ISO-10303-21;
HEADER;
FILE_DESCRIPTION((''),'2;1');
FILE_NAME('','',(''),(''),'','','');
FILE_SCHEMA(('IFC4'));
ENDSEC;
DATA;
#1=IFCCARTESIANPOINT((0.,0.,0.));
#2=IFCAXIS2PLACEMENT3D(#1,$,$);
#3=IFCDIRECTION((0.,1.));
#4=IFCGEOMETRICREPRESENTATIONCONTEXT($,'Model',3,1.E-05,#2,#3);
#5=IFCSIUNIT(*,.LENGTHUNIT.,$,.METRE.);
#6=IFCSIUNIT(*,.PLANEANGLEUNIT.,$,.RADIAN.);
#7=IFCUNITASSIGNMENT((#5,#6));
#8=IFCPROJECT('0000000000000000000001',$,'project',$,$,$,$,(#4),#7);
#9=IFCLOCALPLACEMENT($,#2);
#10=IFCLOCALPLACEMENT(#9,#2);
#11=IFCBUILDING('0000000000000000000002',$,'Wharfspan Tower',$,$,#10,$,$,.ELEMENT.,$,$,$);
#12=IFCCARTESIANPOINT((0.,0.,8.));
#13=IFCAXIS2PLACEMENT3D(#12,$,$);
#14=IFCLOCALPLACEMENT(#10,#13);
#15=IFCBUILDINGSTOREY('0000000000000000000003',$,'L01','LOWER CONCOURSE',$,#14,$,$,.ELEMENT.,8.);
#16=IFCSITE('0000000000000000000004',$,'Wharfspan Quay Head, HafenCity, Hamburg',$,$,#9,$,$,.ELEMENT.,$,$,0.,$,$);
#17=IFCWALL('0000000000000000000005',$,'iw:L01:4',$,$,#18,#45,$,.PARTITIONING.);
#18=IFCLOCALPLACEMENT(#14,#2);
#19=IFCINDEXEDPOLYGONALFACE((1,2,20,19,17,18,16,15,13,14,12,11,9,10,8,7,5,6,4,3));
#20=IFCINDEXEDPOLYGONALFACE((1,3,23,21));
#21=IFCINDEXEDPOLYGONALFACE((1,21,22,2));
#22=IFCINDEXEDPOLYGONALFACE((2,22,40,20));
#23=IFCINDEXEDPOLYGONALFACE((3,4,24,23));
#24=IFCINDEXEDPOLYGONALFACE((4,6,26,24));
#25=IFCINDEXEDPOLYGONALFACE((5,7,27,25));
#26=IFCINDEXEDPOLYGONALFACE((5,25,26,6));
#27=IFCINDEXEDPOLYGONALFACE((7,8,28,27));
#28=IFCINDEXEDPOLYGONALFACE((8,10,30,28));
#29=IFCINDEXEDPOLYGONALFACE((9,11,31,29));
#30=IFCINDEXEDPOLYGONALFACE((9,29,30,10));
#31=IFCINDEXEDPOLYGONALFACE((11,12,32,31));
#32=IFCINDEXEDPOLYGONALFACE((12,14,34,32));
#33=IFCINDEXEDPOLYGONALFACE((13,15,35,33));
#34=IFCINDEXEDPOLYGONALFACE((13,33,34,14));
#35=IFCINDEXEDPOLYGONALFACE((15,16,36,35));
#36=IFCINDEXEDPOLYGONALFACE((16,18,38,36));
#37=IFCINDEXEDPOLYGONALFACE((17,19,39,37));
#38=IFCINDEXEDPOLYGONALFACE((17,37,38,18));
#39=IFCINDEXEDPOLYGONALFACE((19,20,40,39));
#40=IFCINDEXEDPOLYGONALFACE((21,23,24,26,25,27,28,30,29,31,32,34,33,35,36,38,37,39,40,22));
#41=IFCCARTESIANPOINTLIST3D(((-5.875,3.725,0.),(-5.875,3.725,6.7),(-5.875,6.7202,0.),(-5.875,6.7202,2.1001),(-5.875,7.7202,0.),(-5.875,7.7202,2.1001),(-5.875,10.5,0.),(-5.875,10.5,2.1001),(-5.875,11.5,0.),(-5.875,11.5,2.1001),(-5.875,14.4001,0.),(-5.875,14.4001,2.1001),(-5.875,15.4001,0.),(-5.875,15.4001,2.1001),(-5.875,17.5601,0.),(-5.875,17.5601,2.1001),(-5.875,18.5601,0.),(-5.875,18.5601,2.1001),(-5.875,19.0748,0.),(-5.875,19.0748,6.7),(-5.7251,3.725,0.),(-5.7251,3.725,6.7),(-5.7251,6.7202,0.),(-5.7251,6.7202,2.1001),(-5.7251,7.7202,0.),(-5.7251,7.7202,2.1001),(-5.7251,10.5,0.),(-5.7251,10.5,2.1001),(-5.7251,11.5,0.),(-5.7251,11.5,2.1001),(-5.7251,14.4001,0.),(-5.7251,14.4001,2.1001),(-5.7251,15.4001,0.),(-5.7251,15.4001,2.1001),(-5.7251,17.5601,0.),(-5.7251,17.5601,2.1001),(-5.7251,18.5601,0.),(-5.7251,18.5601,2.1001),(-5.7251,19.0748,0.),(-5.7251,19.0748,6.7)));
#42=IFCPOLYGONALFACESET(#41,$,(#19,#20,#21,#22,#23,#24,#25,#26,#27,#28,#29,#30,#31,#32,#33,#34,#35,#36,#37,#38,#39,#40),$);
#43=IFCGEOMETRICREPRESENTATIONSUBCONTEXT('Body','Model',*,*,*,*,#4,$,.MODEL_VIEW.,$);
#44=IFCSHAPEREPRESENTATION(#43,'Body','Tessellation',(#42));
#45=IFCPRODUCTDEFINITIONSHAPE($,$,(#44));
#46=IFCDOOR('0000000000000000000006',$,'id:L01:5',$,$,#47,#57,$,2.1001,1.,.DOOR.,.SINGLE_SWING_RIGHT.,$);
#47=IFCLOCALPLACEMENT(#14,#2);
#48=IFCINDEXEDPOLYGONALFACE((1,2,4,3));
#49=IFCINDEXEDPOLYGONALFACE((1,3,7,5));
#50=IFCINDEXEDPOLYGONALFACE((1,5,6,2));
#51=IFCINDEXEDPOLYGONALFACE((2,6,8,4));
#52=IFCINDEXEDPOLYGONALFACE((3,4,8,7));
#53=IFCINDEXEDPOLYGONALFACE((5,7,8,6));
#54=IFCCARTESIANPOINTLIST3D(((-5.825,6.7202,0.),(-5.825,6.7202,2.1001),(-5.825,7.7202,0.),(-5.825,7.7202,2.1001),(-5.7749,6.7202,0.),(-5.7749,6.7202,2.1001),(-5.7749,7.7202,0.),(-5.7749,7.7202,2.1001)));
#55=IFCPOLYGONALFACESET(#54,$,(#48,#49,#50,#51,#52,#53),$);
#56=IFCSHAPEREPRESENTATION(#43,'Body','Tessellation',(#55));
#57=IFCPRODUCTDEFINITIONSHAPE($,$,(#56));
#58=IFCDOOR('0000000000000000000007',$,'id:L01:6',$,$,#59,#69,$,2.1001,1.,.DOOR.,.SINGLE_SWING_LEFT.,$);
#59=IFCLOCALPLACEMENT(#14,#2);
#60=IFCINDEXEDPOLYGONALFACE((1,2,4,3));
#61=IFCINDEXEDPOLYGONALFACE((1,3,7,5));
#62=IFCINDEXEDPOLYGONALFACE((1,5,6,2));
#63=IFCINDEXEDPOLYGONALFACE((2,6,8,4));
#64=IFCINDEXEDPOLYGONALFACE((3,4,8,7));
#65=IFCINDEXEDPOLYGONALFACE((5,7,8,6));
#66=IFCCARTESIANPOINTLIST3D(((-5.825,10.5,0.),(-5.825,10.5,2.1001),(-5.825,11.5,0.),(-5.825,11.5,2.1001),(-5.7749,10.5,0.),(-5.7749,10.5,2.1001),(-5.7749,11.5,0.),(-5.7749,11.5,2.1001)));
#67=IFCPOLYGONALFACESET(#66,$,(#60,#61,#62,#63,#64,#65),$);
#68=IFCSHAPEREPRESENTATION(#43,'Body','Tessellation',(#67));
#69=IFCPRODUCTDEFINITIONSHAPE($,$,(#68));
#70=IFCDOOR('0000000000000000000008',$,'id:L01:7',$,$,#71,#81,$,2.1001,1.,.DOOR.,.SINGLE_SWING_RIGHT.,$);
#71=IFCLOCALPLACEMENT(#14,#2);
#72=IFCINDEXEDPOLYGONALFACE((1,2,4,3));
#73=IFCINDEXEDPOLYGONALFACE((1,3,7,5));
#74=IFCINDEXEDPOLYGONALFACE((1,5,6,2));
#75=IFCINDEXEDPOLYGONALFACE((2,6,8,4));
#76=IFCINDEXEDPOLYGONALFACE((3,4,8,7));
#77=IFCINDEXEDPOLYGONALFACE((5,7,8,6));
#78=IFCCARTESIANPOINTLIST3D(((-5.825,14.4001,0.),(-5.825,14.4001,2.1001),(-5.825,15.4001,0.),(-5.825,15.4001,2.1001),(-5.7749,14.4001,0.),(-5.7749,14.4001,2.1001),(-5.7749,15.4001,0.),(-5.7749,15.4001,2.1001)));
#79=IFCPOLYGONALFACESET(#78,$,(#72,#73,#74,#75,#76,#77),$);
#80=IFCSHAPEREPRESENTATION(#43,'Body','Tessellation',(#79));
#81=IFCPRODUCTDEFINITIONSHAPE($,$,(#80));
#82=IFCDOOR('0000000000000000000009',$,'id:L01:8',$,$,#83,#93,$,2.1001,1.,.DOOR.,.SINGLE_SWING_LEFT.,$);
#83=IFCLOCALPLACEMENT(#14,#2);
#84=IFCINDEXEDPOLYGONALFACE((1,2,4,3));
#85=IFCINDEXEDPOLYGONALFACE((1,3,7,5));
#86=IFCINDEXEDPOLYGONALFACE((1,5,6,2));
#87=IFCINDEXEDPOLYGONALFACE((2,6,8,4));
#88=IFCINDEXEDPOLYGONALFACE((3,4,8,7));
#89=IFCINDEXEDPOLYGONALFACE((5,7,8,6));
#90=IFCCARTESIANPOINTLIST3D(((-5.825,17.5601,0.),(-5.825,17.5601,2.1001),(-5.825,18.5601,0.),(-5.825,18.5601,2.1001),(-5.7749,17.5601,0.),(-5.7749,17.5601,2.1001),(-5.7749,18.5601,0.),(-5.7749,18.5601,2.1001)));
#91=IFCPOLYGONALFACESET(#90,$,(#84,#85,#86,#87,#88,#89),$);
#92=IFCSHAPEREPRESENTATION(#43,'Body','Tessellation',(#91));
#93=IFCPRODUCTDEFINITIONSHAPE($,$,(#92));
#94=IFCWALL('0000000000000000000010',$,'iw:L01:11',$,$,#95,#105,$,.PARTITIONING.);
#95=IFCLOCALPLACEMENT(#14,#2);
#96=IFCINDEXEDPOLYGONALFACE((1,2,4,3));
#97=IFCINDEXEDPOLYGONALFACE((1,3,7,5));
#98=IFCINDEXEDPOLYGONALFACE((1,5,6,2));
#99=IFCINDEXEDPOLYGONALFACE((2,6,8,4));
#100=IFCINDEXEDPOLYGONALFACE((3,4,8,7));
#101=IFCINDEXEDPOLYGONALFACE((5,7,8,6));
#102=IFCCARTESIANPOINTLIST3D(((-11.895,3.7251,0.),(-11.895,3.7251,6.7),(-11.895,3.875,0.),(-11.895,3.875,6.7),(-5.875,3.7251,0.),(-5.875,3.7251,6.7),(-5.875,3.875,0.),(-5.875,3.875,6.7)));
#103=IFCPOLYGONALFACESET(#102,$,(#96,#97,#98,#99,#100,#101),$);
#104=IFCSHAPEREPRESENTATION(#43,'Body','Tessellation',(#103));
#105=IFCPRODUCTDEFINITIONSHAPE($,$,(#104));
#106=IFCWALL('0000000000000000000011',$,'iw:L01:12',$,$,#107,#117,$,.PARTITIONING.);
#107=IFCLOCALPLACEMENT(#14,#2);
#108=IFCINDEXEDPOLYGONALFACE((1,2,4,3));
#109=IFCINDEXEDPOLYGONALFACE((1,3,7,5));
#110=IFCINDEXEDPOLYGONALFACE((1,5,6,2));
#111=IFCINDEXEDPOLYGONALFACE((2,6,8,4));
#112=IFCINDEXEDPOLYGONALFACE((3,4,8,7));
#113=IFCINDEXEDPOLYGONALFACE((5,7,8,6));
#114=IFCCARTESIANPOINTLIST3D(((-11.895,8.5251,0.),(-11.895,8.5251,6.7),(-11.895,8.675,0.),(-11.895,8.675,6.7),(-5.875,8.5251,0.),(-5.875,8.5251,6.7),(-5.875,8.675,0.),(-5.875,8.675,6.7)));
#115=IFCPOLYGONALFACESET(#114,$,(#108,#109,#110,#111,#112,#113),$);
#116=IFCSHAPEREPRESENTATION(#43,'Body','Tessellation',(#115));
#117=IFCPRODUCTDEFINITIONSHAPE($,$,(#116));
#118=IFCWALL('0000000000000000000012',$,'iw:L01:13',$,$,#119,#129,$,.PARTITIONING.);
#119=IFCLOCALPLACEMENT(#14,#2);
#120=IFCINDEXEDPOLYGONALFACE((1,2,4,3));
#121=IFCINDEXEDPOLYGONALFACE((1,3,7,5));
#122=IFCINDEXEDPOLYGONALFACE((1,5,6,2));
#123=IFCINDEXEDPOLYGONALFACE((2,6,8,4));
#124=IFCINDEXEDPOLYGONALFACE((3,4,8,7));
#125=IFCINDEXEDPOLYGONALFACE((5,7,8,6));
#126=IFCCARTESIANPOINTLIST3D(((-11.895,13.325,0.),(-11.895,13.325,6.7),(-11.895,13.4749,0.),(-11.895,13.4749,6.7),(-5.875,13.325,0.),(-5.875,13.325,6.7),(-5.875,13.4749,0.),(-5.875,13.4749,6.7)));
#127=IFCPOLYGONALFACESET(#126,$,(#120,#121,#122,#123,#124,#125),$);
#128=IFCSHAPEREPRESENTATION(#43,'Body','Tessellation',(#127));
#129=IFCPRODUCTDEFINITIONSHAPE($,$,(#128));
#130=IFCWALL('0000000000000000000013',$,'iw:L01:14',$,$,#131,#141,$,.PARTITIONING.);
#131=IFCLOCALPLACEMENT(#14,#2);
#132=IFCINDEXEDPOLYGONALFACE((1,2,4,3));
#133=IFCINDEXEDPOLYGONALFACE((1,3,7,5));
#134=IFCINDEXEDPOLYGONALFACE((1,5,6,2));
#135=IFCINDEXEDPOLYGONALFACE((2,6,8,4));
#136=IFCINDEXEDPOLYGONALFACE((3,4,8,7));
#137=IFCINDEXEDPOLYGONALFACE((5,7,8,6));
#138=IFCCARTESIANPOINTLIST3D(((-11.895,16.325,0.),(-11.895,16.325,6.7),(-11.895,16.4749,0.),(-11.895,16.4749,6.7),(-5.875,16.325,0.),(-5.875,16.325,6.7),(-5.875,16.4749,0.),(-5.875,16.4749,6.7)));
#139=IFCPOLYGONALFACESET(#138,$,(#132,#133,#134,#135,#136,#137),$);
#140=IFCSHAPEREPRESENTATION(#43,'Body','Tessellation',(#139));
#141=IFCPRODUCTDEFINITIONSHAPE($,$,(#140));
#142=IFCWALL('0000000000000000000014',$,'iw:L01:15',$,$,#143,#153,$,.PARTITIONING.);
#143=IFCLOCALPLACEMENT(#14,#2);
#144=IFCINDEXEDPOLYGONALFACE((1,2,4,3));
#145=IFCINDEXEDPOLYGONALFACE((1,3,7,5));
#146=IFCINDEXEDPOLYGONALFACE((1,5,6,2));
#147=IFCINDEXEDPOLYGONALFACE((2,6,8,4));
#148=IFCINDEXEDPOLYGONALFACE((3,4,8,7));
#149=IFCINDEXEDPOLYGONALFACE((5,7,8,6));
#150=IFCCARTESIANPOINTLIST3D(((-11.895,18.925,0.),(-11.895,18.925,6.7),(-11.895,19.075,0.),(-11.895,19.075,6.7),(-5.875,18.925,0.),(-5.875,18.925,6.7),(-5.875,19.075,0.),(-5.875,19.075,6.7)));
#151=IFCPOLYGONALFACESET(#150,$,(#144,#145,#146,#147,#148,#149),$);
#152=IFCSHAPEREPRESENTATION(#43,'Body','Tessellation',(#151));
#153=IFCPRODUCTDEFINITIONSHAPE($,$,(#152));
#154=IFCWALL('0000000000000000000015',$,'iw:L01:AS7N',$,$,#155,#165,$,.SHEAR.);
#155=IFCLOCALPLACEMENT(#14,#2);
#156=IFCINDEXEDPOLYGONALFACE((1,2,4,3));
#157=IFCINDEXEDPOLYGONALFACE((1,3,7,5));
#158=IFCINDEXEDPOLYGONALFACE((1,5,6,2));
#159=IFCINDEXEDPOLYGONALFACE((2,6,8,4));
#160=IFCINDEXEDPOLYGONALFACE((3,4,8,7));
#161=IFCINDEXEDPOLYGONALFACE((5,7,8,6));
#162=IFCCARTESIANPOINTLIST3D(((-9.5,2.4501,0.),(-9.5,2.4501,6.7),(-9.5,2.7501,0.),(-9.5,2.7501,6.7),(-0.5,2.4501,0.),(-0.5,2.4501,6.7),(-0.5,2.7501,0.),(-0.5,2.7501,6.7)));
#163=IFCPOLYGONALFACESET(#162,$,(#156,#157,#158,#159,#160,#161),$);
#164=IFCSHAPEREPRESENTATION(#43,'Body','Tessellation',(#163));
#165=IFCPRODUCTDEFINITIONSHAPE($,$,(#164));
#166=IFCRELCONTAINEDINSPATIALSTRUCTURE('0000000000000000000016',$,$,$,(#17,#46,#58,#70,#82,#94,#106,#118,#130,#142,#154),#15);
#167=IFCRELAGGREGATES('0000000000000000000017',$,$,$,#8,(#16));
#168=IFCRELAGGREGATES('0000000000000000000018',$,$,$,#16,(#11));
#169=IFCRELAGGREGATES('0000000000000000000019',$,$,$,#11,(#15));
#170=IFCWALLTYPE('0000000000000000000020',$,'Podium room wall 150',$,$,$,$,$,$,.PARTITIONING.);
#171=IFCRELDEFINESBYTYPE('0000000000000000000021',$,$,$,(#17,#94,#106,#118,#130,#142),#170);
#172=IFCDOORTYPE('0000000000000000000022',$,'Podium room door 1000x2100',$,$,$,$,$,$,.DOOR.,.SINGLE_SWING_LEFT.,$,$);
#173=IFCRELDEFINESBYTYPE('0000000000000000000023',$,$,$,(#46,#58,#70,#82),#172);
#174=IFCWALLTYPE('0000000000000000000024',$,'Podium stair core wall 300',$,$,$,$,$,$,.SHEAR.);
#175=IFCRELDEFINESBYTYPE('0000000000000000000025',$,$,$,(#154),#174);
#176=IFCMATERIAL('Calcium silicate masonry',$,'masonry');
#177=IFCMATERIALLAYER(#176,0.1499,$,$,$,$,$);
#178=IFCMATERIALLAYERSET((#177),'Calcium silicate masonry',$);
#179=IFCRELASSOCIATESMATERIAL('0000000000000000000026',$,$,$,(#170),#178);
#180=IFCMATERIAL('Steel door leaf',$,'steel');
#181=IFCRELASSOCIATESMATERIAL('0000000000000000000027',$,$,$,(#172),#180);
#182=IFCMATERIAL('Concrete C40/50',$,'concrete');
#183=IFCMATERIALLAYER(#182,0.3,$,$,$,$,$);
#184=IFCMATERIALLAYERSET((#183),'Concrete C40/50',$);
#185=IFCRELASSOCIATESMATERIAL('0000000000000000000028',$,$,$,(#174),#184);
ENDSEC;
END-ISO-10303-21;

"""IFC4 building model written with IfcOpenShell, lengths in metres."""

from ifc_helpers import new_model, si_unit, direction, frame, frame_2d, origin, place, context, subcontext, project, spatial, rectangle, extrude, material, layer, layer_set, type_object, element, fill, save


model = new_model("IFC4")

# Units and contexts
model_context = context("Model", 3, precision=1e-05, world=origin(), true_north=direction((0.0, 1.0)))
body_context = subcontext(model_context, "Body", "Model", "MODEL_VIEW")
ifc_project = project(units=[si_unit("LENGTHUNIT", "METRE"), si_unit("PLANEANGLEUNIT", "RADIAN")], contexts=[model_context])

# Site, building, storey
site_placement = place(None, origin())
site = spatial("IfcSite", under=ifc_project, at=site_placement, Name="Wharfspan Quay Head, HafenCity, Hamburg", CompositionType="ELEMENT", RefElevation=0.0)
building_placement = place(site_placement, origin())
building = spatial("IfcBuilding", under=site, at=building_placement, Name="Wharfspan Tower", CompositionType="ELEMENT")
storey_placement = place(building_placement, frame((0.0, 0.0, 8.0)))
storey = spatial("IfcBuildingStorey", under=building, at=storey_placement, Name="L01", Description="LOWER CONCOURSE", CompositionType="ELEMENT", Elevation=8.0)

# Wall, openings, doors
ifc_material_1 = material(Name="Calcium silicate masonry", Category="masonry")
ifc_layer_1 = layer(ifc_material_1, 0.1499)
ifc_layer_set_1 = layer_set([ifc_layer_1], Name="Calcium silicate masonry")
wall_type_1 = type_object("IfcWallType", Name="Podium room wall 150", PredefinedType="PARTITIONING", material=ifc_layer_set_1)
wall_1_placement = place(storey_placement, frame((-5.8, 3.7251, 0.0), z_axis=(0.0, 0.0, 1.0), x_axis=(0.0, 1.0, 0.0)))
wall_1 = element("IfcWall", 1, at=wall_1_placement, inside=storey, type_object=wall_type_1, Name="iw:L01:4", PredefinedType="PARTITIONING", context=body_context, shape_type="SweptSolid", body=[
    extrude(rectangle(XDim=15.3499, YDim=0.1499, at=frame_2d((7.6748, 0.0))), origin(), (0.0, 0.0, 1.0), 6.7),
])
opening_1_placement = place(wall_1_placement, frame((2.9951, 0.0, 0.0)))
opening_1 = element("IfcOpeningElement", 2, at=opening_1_placement, cuts=wall_1, PredefinedType="OPENING", context=body_context, shape_type="SweptSolid", body=[
    extrude(rectangle(XDim=1.0, YDim=2.1001, at=frame_2d((0.5, 1.05))), frame((0.0, 0.085, 0.0), z_axis=(0.0, -1.0, 0.0), x_axis=(1.0, 0.0, 0.0)), (0.0, 0.0, 1.0), 0.1699),
])
opening_2_placement = place(wall_1_placement, frame((6.7749, 0.0, 0.0)))
opening_2 = element("IfcOpeningElement", 3, at=opening_2_placement, cuts=wall_1, PredefinedType="OPENING", context=body_context, shape_type="SweptSolid", body=[
    extrude(rectangle(XDim=1.0, YDim=2.1001, at=frame_2d((0.5, 1.05))), frame((0.0, 0.085, 0.0), z_axis=(0.0, -1.0, 0.0), x_axis=(1.0, 0.0, 0.0)), (0.0, 0.0, 1.0), 0.1699),
])
opening_3_placement = place(wall_1_placement, frame((10.675, 0.0, 0.0)))
opening_3 = element("IfcOpeningElement", 4, at=opening_3_placement, cuts=wall_1, PredefinedType="OPENING", context=body_context, shape_type="SweptSolid", body=[
    extrude(rectangle(XDim=1.0, YDim=2.1001, at=frame_2d((0.5, 1.05))), frame((0.0, 0.085, 0.0), z_axis=(0.0, -1.0, 0.0), x_axis=(1.0, 0.0, 0.0)), (0.0, 0.0, 1.0), 0.1699),
])
opening_4_placement = place(wall_1_placement, frame((13.835, 0.0, 0.0)))
opening_4 = element("IfcOpeningElement", 5, at=opening_4_placement, cuts=wall_1, PredefinedType="OPENING", context=body_context, shape_type="SweptSolid", body=[
    extrude(rectangle(XDim=1.0, YDim=2.1001, at=frame_2d((0.5, 1.05))), frame((0.0, 0.085, 0.0), z_axis=(0.0, -1.0, 0.0), x_axis=(1.0, 0.0, 0.0)), (0.0, 0.0, 1.0), 0.1699),
])
ifc_material_2 = material(Name="Steel door leaf", Category="steel")
door_type = type_object("IfcDoorType", Name="Podium room door 1000x2100", OperationType="SINGLE_SWING_LEFT", PredefinedType="DOOR", material=ifc_material_2)
door_1_placement = place(opening_1_placement, origin())
door_1 = element("IfcDoor", 6, at=door_1_placement, inside=storey, type_object=door_type, Name="id:L01:5", OperationType="SINGLE_SWING_RIGHT", OverallHeight=2.1001, OverallWidth=1.0, PredefinedType="DOOR", context=body_context, shape_type="SweptSolid", body=[
    extrude(rectangle(XDim=1.0, YDim=2.1001, at=frame_2d((0.5, 1.05))), frame((0.0, 0.0249, 0.0), z_axis=(0.0, -1.0, 0.0), x_axis=(1.0, 0.0, 0.0)), (0.0, 0.0, 1.0), 0.05),
])
fill(opening_1, door_1)
door_2_placement = place(opening_2_placement, origin())
door_2 = element("IfcDoor", 7, at=door_2_placement, inside=storey, type_object=door_type, Name="id:L01:6", OperationType="SINGLE_SWING_LEFT", OverallHeight=2.1001, OverallWidth=1.0, PredefinedType="DOOR", context=body_context, shape_type="SweptSolid", body=[
    extrude(rectangle(XDim=1.0, YDim=2.1001, at=frame_2d((0.5, 1.05))), frame((0.0, 0.0249, 0.0), z_axis=(0.0, -1.0, 0.0), x_axis=(1.0, 0.0, 0.0)), (0.0, 0.0, 1.0), 0.05),
])
fill(opening_2, door_2)
door_3_placement = place(opening_3_placement, origin())
door_3 = element("IfcDoor", 8, at=door_3_placement, inside=storey, type_object=door_type, Name="id:L01:7", OperationType="SINGLE_SWING_RIGHT", OverallHeight=2.1001, OverallWidth=1.0, PredefinedType="DOOR", context=body_context, shape_type="SweptSolid", body=[
    extrude(rectangle(XDim=1.0, YDim=2.1001, at=frame_2d((0.5, 1.05))), frame((0.0, 0.0249, 0.0), z_axis=(0.0, -1.0, 0.0), x_axis=(1.0, 0.0, 0.0)), (0.0, 0.0, 1.0), 0.05),
])
fill(opening_3, door_3)
door_4_placement = place(opening_4_placement, origin())
door_4 = element("IfcDoor", 9, at=door_4_placement, inside=storey, type_object=door_type, Name="id:L01:8", OperationType="SINGLE_SWING_LEFT", OverallHeight=2.1001, OverallWidth=1.0, PredefinedType="DOOR", context=body_context, shape_type="SweptSolid", body=[
    extrude(rectangle(XDim=1.0, YDim=2.1001, at=frame_2d((0.5, 1.05))), frame((0.0, 0.0249, 0.0), z_axis=(0.0, -1.0, 0.0), x_axis=(1.0, 0.0, 0.0)), (0.0, 0.0, 1.0), 0.05),
])
fill(opening_4, door_4)

# Walls
for number, where, z_axis, x_axis, name in (
    (10, (-11.895, 3.8, 0.0), (0.0, 0.0, 1.0), (1.0, 0.0, 0.0), "iw:L01:11"),
    (11, (-11.895, 8.6001, 0.0), (0.0, 0.0, 1.0), (1.0, 0.0, 0.0), "iw:L01:12"),
    (12, (-11.895, 13.3999, 0.0), (0.0, 0.0, 1.0), (1.0, 0.0, 0.0), "iw:L01:13"),
    (13, (-11.895, 16.3999, 0.0), (0.0, 0.0, 1.0), (1.0, 0.0, 0.0), "iw:L01:14"),
    (14, (-11.895, 19.0, 0.0), (0.0, 0.0, 1.0), (1.0, 0.0, 0.0), "iw:L01:15"),
):
    element("IfcWall", number, at=place(storey_placement, frame(where, z_axis=z_axis, x_axis=x_axis)), inside=storey, type_object=wall_type_1, Name=name, PredefinedType="PARTITIONING", context=body_context, shape_type="SweptSolid", body=[
        extrude(rectangle(XDim=6.02, YDim=0.1499, at=frame_2d((3.01, 0.0))), origin(), (0.0, 0.0, 1.0), 6.7),
    ])
ifc_material_3 = material(Name="Concrete C40/50", Category="concrete")
ifc_layer_2 = layer(ifc_material_3, 0.3)
ifc_layer_set_2 = layer_set([ifc_layer_2], Name="Concrete C40/50")
wall_type_2 = type_object("IfcWallType", Name="Podium stair core wall 300", PredefinedType="SHEAR", material=ifc_layer_set_2)
wall_2_placement = place(storey_placement, frame((-9.5, 2.6001, 0.0), z_axis=(0.0, 0.0, 1.0), x_axis=(1.0, 0.0, 0.0)))
element("IfcWall", 15, at=wall_2_placement, inside=storey, type_object=wall_type_2, Name="iw:L01:AS7N", PredefinedType="SHEAR", context=body_context, shape_type="SweptSolid", body=[
    extrude(rectangle(XDim=9.0, YDim=0.3, at=frame_2d((4.5, 0.0))), origin(), (0.0, 0.0, 1.0), 6.7),
])

save(model, "model.ifc")
